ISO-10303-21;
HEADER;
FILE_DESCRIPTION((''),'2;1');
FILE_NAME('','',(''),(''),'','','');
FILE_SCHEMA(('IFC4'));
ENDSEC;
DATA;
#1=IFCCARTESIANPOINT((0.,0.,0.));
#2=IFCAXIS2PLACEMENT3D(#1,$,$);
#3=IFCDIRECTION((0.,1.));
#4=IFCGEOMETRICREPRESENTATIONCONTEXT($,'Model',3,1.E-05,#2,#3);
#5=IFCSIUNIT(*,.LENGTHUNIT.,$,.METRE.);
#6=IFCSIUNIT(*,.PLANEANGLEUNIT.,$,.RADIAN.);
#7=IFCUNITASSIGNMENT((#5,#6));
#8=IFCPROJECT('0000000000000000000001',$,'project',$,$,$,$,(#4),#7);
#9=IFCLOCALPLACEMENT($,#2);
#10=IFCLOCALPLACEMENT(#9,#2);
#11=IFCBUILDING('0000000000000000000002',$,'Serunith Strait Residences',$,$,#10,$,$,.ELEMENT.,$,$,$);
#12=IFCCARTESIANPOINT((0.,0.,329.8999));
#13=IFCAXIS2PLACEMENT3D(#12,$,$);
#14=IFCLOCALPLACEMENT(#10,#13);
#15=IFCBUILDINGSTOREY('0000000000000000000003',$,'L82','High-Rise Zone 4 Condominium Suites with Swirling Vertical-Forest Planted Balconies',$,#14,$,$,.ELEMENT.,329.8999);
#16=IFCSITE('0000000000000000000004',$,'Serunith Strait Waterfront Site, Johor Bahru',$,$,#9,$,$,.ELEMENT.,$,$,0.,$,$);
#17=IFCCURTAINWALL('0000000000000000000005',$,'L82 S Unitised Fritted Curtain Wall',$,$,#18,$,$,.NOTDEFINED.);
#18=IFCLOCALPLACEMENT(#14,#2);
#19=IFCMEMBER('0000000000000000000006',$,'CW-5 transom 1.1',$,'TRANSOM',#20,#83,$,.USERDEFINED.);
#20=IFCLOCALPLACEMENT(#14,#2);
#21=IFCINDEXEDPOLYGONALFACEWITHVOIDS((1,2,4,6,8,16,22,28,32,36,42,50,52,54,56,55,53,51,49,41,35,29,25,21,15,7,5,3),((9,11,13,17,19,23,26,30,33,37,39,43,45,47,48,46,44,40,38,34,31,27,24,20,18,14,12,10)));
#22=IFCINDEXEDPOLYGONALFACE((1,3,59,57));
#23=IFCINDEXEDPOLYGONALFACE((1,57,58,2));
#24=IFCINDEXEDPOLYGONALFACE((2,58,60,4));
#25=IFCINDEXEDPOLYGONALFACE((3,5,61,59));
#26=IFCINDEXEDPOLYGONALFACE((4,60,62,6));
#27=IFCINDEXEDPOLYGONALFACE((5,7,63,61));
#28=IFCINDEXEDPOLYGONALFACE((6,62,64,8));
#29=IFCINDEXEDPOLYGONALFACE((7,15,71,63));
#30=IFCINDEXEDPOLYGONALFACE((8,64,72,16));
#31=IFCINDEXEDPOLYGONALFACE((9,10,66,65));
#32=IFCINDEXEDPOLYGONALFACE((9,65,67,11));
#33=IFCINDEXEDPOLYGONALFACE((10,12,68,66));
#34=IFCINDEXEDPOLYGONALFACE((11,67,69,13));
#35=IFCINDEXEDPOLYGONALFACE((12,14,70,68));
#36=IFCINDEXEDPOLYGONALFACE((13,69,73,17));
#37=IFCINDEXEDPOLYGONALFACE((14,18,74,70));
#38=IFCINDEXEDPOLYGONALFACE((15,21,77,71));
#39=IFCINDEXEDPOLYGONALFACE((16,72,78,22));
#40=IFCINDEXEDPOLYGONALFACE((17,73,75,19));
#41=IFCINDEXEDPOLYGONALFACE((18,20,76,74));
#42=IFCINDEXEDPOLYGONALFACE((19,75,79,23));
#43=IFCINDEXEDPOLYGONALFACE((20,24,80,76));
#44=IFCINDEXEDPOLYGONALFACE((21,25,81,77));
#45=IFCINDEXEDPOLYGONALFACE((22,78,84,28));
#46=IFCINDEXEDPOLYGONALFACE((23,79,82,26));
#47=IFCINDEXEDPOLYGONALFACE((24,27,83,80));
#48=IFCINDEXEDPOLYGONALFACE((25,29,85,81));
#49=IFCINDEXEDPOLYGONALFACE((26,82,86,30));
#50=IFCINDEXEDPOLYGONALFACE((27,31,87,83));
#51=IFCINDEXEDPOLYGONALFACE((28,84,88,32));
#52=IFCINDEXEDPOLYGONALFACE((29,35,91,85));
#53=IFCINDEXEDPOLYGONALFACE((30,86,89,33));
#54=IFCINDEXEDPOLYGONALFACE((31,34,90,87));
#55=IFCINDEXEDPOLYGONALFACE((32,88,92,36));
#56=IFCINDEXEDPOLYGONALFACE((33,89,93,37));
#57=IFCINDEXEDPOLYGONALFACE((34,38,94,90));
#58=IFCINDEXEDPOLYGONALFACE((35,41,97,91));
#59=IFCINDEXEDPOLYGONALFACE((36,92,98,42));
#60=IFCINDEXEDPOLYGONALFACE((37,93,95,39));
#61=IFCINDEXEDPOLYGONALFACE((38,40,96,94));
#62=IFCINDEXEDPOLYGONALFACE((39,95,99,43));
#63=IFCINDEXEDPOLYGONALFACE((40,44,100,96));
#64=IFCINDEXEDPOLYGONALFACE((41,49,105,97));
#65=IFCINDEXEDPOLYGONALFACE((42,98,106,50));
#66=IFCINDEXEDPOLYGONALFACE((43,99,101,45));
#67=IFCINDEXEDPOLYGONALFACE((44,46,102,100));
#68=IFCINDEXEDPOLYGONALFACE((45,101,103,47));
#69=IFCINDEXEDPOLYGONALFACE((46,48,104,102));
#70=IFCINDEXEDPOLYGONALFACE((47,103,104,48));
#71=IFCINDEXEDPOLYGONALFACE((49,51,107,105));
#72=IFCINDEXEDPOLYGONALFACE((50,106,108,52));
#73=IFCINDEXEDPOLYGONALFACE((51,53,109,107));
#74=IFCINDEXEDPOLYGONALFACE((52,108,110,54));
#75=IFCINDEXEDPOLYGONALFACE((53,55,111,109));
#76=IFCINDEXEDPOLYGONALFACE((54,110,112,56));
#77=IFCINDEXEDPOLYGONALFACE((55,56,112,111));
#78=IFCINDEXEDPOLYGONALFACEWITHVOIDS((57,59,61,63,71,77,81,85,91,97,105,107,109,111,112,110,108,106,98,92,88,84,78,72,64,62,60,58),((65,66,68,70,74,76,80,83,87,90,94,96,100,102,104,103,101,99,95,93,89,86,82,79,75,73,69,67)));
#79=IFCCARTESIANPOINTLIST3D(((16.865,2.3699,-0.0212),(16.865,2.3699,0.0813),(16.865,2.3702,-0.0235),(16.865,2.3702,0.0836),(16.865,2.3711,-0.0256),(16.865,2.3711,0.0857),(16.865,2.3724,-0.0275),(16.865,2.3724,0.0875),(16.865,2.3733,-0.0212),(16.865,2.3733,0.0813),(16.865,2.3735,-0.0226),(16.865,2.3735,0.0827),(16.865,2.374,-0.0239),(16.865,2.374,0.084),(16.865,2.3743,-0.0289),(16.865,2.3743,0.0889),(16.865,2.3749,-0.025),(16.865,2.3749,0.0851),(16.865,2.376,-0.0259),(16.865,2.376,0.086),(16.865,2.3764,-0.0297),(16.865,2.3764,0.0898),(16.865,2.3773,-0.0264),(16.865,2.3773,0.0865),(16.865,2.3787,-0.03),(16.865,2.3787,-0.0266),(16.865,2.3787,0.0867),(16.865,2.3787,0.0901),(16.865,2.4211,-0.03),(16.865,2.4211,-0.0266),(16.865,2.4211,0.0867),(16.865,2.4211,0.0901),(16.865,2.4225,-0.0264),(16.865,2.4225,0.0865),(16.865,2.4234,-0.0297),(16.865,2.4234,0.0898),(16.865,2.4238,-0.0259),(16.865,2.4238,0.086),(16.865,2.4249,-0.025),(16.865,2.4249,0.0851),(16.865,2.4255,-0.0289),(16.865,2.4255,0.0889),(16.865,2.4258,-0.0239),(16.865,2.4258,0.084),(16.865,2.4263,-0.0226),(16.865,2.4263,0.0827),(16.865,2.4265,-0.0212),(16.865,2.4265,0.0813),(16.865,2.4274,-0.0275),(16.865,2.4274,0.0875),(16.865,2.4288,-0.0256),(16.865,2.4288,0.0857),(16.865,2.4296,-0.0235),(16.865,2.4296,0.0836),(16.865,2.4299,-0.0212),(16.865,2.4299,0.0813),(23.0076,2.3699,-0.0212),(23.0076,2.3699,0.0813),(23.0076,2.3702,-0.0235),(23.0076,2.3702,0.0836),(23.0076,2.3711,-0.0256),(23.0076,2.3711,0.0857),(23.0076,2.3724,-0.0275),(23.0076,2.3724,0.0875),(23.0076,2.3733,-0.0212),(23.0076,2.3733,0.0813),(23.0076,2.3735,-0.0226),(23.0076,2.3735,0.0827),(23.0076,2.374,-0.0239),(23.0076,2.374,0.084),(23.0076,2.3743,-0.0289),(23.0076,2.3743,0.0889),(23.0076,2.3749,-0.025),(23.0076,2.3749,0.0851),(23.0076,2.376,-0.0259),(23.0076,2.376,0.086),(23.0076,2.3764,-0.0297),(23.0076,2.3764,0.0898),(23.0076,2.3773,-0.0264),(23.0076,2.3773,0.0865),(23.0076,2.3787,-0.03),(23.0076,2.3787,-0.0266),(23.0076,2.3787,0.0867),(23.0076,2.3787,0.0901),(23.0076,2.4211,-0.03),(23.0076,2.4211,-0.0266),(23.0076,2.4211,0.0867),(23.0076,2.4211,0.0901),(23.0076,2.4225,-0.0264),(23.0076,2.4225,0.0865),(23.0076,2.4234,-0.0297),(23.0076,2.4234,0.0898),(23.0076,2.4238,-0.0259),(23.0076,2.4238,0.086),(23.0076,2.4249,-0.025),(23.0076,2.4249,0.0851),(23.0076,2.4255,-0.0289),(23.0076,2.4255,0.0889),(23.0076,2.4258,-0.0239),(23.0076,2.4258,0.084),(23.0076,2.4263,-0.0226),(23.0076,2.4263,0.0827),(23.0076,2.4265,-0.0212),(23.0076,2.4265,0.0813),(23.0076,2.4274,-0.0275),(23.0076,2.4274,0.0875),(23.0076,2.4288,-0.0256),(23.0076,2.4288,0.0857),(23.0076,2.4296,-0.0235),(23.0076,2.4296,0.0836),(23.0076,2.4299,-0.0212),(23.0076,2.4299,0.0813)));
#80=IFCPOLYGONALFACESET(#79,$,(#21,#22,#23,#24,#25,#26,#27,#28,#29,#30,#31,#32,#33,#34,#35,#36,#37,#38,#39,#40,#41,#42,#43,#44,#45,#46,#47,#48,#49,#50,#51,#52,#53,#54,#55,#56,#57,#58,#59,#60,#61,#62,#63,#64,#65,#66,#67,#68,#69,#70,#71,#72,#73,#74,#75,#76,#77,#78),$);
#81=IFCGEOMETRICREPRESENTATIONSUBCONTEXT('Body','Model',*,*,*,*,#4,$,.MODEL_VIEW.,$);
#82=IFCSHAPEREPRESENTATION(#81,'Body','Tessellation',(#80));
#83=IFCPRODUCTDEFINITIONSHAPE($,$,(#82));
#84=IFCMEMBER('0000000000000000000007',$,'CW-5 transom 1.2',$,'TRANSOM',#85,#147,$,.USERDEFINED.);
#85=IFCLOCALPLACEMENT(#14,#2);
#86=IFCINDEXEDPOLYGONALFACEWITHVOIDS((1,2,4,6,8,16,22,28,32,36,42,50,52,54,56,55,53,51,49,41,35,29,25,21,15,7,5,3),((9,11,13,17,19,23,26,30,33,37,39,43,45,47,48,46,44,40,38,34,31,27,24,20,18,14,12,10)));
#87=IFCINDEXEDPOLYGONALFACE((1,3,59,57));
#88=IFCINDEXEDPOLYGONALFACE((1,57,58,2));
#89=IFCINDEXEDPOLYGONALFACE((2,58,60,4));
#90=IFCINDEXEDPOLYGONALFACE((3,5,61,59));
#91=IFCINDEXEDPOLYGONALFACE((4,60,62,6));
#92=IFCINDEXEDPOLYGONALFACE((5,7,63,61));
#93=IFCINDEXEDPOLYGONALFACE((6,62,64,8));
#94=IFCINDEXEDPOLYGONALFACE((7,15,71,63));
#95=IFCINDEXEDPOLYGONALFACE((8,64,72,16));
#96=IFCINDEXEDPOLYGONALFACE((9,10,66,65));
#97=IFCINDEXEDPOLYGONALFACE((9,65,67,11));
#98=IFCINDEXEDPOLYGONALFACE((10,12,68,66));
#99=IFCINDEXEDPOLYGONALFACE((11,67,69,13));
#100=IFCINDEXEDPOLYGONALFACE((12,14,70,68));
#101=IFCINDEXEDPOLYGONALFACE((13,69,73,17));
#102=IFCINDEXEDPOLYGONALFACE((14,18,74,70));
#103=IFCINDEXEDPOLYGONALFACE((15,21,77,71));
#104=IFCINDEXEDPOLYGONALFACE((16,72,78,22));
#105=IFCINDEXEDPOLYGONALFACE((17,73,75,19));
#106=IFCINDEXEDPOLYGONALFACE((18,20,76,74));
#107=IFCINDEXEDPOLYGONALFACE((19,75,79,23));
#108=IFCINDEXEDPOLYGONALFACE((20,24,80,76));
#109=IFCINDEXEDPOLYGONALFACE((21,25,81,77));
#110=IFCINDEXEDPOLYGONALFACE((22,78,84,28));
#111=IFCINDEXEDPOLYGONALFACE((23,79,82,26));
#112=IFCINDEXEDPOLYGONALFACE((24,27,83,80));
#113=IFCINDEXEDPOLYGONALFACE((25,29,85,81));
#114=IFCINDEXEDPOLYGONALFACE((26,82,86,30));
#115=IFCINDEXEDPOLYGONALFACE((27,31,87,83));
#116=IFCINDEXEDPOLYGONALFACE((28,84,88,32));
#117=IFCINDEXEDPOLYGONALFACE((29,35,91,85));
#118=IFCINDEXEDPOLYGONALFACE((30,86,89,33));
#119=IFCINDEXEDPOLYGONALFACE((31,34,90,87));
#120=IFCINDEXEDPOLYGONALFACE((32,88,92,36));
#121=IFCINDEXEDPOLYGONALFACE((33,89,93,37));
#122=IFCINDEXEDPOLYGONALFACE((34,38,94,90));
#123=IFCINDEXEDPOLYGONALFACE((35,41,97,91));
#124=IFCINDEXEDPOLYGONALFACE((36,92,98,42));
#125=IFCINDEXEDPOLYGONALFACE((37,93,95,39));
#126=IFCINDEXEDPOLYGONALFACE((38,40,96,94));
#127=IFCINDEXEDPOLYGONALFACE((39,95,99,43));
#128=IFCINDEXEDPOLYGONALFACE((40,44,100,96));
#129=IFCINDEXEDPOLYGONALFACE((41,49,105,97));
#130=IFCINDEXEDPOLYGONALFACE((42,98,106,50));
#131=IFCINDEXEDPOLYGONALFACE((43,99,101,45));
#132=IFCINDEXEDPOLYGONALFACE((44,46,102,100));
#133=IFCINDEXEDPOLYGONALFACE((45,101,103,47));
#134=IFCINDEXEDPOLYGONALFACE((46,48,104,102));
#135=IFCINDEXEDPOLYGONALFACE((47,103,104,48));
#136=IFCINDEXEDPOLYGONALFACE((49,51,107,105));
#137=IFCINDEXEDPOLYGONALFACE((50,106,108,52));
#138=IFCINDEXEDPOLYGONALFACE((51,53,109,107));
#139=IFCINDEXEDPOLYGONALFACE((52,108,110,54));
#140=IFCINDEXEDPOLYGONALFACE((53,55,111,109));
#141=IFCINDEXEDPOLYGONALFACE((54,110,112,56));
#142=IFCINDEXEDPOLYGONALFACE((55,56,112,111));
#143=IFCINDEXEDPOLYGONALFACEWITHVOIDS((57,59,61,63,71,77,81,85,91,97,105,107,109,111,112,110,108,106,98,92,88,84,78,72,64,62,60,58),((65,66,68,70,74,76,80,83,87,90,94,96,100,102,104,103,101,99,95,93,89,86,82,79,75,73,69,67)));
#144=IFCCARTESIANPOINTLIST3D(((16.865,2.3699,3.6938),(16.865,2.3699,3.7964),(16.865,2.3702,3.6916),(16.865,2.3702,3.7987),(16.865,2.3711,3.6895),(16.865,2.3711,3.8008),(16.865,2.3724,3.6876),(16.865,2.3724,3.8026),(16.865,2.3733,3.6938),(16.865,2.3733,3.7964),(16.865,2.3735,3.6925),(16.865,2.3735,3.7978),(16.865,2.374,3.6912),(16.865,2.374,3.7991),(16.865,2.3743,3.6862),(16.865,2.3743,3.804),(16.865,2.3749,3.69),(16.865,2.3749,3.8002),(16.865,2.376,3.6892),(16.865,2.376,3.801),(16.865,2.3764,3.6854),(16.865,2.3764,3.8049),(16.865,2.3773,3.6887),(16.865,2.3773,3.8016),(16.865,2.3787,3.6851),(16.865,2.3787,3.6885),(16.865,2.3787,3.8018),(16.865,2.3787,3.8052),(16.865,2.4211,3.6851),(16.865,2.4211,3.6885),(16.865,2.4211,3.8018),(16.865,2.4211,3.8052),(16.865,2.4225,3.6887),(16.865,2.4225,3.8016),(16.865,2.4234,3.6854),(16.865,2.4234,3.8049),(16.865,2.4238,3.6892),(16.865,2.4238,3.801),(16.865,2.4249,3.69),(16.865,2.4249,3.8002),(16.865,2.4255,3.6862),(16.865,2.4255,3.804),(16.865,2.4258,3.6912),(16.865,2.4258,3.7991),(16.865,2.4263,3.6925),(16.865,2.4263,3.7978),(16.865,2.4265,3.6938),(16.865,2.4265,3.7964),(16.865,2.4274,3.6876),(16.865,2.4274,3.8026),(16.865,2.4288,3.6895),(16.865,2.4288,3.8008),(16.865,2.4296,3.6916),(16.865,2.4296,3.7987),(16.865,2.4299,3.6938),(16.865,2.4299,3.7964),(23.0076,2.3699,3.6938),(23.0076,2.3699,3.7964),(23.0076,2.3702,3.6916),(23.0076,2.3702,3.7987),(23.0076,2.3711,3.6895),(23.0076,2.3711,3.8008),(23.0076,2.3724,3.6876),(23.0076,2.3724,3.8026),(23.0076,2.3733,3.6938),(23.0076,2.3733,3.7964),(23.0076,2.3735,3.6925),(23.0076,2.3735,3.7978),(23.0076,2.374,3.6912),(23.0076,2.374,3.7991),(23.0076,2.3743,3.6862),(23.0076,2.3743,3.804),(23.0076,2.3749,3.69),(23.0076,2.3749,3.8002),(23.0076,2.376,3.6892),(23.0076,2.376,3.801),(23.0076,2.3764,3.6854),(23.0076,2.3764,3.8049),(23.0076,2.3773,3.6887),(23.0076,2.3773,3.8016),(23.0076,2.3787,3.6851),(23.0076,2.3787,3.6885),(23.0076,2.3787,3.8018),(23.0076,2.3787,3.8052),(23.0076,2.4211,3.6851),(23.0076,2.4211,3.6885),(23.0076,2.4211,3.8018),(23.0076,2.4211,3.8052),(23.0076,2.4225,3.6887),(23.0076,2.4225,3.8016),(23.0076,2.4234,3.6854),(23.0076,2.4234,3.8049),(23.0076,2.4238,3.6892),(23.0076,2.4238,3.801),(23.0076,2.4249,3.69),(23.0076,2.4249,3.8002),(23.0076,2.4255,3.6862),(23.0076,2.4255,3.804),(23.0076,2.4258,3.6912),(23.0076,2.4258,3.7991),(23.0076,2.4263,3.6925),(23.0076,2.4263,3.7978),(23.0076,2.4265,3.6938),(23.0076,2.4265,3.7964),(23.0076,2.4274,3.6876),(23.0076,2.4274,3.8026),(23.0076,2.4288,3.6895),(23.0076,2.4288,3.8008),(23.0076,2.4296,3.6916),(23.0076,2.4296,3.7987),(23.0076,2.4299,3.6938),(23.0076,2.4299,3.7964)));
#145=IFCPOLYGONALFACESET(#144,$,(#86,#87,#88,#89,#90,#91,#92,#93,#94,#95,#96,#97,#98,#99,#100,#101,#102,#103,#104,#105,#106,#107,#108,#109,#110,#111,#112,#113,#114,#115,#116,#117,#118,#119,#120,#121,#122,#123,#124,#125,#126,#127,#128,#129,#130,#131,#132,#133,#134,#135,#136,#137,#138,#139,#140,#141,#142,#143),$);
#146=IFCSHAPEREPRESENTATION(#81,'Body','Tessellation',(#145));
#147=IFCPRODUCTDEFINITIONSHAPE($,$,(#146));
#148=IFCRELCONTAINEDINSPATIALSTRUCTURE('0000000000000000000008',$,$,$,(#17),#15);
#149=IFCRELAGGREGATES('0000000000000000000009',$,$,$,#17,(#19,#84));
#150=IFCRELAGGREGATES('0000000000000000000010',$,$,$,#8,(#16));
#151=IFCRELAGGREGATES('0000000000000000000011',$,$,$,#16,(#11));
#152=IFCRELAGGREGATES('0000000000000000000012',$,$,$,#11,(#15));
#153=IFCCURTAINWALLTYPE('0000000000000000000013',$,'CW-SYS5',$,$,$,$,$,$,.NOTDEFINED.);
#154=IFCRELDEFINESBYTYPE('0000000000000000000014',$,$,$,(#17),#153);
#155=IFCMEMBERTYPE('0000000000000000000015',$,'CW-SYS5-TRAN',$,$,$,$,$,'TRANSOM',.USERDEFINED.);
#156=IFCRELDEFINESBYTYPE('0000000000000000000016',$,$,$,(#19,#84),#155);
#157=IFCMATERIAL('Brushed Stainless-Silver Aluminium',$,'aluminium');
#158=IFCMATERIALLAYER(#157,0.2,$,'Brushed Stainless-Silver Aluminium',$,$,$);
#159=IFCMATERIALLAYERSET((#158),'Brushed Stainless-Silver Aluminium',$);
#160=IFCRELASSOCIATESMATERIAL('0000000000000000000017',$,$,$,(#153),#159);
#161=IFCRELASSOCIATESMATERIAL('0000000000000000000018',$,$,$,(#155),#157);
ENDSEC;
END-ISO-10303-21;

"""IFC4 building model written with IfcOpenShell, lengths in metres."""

from ifc_helpers import new_model, si_unit, direction, frame, origin, origin_2d, place, context, subcontext, project, spatial, hollow_rectangle, extrude, source, transform, mapped, material, layer, layer_set, material_profile, profile_set, type_object, element, aggregate, save


model = new_model("IFC4")

# Units and contexts
model_context = context("Model", 3, precision=1e-05, world=origin(), true_north=direction((0.0, 1.0)))
body_context = subcontext(model_context, "Body", "Model", "MODEL_VIEW")
ifc_project = project(units=[si_unit("LENGTHUNIT", "METRE"), si_unit("PLANEANGLEUNIT", "RADIAN")], contexts=[model_context])

# Site, building, storey
site_placement = place(None, origin())
site = spatial("IfcSite", under=ifc_project, at=site_placement, Name="Serunith Strait Waterfront Site, Johor Bahru", CompositionType="ELEMENT", RefElevation=0.0)
building_placement = place(site_placement, origin())
building = spatial("IfcBuilding", under=site, at=building_placement, Name="Serunith Strait Residences", CompositionType="ELEMENT")
storey_placement = place(building_placement, frame((0.0, 0.0, 329.8999)))
storey = spatial("IfcBuildingStorey", under=building, at=storey_placement, Name="L82", Description="High-Rise Zone 4 Condominium Suites with Swirling Vertical-Forest Planted Balconies", CompositionType="ELEMENT", Elevation=329.8999)

# Curtain wall
ifc_material_1 = material(Name="Brushed Stainless-Silver Aluminium", Category="aluminium")
ifc_layer_1 = layer(ifc_material_1, 0.2, Name="Brushed Stainless-Silver Aluminium")
ifc_layer_set_1 = layer_set([ifc_layer_1], Name="Brushed Stainless-Silver Aluminium")
curtain_wall_type = type_object("IfcCurtainWallType", Name="CW-SYS5", PredefinedType="NOTDEFINED", material=ifc_layer_set_1)
curtain_wall_1_placement = place(storey_placement, origin())
curtain_wall_1 = element("IfcCurtainWall", 1, at=curtain_wall_1_placement, inside=storey, type_object=curtain_wall_type, Name="L82 S Unitised Fritted Curtain Wall", PredefinedType="NOTDEFINED")

# Members
ifc_material_profile_1 = material_profile(ifc_material_1, hollow_rectangle(XDim=0.0601, YDim=0.1201, WallThickness=0.0034, InnerFilletRadius=0.0054, OuterFilletRadius=0.0088, at=origin_2d()), Name="ALU 120x60x3.5")
ifc_profile_set_1 = profile_set([ifc_material_profile_1], Name="Brushed Stainless-Silver Aluminium")
member_type_1 = type_object("IfcMemberType", Name="CW-SYS5-TRAN", ElementType="TRANSOM", PredefinedType="USERDEFINED", material=ifc_profile_set_1)
shared_shape_1 = source(origin(), body_context, "Body", "SweptSolid", [
    extrude(hollow_rectangle(XDim=0.0601, YDim=0.1201, WallThickness=0.0034, InnerFilletRadius=0.0054, OuterFilletRadius=0.0088, at=origin_2d()), origin(), (0.0, 0.0, 1.0), 6.1426),
])
member_1_placement = place(storey_placement, frame((16.865, 2.3999, 0.03), z_axis=(1.0, 0.0, 0.0), x_axis=(0.0, 1.0, 0.0)))
member_1 = element("IfcMember", 2, at=member_1_placement, type_object=member_type_1, Name="CW-5 transom 1.1", ObjectType="TRANSOM", PredefinedType="USERDEFINED", context=body_context, shape_type="MappedRepresentation", body=[
    mapped(shared_shape_1, transform((0.0, 0.0, 0.0), scale=1.0)),
])
member_2_placement = place(storey_placement, frame((16.865, 2.3999, 3.7451), z_axis=(1.0, 0.0, 0.0), x_axis=(0.0, 1.0, 0.0)))
member_2 = element("IfcMember", 3, at=member_2_placement, type_object=member_type_1, Name="CW-5 transom 1.2", ObjectType="TRANSOM", PredefinedType="USERDEFINED", context=body_context, shape_type="MappedRepresentation", body=[
    mapped(shared_shape_1, transform((0.0, 0.0, 0.0), scale=1.0)),
])
aggregate(curtain_wall_1, [member_1, member_2])

save(model, "model.ifc")
